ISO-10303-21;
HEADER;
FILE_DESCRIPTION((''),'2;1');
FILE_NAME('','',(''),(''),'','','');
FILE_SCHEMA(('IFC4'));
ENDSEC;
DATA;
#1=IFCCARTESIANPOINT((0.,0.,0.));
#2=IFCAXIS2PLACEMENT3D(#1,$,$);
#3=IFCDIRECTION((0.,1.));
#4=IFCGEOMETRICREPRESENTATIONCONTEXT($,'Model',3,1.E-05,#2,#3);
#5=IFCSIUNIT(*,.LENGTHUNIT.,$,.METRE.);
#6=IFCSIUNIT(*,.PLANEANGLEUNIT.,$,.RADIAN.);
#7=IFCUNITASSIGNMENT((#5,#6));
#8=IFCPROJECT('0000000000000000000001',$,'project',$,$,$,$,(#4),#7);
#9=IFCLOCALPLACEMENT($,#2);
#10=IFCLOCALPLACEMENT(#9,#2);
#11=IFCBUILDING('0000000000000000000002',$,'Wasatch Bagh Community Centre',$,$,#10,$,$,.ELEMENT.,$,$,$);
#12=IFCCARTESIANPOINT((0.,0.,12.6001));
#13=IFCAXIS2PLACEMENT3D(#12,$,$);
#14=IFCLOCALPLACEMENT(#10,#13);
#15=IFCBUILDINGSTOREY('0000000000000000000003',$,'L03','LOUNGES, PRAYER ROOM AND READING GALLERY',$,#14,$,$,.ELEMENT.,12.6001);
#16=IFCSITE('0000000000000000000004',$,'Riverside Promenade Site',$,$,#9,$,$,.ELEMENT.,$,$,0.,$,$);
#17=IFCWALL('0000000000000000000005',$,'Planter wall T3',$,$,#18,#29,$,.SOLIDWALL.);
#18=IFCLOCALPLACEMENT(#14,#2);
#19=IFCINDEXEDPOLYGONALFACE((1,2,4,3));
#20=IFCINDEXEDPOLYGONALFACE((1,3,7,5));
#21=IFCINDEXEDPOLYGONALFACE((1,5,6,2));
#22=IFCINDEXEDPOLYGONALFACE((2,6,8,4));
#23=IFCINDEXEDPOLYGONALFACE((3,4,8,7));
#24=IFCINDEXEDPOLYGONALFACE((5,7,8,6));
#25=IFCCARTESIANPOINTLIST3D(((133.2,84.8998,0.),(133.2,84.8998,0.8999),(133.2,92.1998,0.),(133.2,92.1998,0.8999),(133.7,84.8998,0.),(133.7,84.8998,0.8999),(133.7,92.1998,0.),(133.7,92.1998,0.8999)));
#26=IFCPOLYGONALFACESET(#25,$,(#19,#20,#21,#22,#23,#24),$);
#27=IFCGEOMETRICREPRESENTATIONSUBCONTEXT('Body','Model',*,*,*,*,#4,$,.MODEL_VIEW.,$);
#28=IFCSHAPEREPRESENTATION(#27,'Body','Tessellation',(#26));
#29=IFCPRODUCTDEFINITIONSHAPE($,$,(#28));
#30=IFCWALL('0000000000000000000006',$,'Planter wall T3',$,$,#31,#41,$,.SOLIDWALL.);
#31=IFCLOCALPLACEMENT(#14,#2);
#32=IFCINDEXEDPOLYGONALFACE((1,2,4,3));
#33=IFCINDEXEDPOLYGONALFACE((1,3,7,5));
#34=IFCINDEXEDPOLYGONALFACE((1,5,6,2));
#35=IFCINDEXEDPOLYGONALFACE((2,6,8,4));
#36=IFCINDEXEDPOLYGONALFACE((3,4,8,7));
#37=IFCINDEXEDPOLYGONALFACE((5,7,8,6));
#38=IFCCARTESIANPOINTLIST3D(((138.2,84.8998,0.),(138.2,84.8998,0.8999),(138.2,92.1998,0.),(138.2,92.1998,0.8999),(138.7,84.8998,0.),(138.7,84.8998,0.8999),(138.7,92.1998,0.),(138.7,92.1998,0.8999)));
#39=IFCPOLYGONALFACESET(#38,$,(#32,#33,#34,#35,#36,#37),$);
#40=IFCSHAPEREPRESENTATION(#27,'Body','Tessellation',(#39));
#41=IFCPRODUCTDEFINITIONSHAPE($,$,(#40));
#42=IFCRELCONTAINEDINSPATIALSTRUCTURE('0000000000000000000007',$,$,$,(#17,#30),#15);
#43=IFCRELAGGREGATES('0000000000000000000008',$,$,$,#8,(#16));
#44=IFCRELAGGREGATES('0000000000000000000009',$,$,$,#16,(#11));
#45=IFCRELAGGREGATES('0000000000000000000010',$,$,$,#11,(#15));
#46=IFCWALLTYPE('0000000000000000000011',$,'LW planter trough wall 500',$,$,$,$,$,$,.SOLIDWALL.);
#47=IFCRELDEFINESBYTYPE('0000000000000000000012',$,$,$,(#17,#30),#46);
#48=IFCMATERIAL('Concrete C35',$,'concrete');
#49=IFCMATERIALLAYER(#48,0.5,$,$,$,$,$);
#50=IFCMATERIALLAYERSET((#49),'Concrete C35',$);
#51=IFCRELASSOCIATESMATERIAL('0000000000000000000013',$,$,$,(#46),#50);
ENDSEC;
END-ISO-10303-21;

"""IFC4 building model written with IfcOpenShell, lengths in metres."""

from ifc_helpers import new_model, si_unit, direction, frame, frame_2d, origin, place, context, subcontext, project, spatial, rectangle, extrude, material, layer, layer_set, type_object, element, save


model = new_model("IFC4")

# Units and contexts
model_context = context("Model", 3, precision=1e-05, world=origin(), true_north=direction((0.0, 1.0)))
body_context = subcontext(model_context, "Body", "Model", "MODEL_VIEW")
ifc_project = project(units=[si_unit("LENGTHUNIT", "METRE"), si_unit("PLANEANGLEUNIT", "RADIAN")], contexts=[model_context])

# Site, building, storey
site_placement = place(None, origin())
site = spatial("IfcSite", under=ifc_project, at=site_placement, Name="Riverside Promenade Site", CompositionType="ELEMENT", RefElevation=0.0)
building_placement = place(site_placement, origin())
building = spatial("IfcBuilding", under=site, at=building_placement, Name="Wasatch Bagh Community Centre", CompositionType="ELEMENT")
storey_placement = place(building_placement, frame((0.0, 0.0, 12.6001)))
storey = spatial("IfcBuildingStorey", under=building, at=storey_placement, Name="L03", Description="LOUNGES, PRAYER ROOM AND READING GALLERY", CompositionType="ELEMENT", Elevation=12.6001)

# Shared definitions
ifc_material_1 = material(Name="Concrete C35", Category="concrete")

# Walls
ifc_layer_1 = layer(ifc_material_1, 0.5)
ifc_layer_set_1 = layer_set([ifc_layer_1], Name="Concrete C35")
wall_type_1 = type_object("IfcWallType", Name="LW planter trough wall 500", PredefinedType="SOLIDWALL", material=ifc_layer_set_1)
for number, where, z_axis, x_axis, name in (
    (1, (133.45, 84.8999, 0.0), (0.0, 0.0, 1.0), (0.0, 1.0, 0.0), "Planter wall T3"),
    (2, (138.45, 84.8999, 0.0), (0.0, 0.0, 1.0), (0.0, 1.0, 0.0), "Planter wall T3"),
):
    element("IfcWall", number, at=place(storey_placement, frame(where, z_axis=z_axis, x_axis=x_axis)), inside=storey, type_object=wall_type_1, Name=name, PredefinedType="SOLIDWALL", context=body_context, shape_type="SweptSolid", body=[
        extrude(rectangle(XDim=7.3, YDim=0.5, at=frame_2d((3.6499, 0.0))), origin(), (0.0, 0.0, 1.0), 0.8999),
    ])

save(model, "model.ifc")
